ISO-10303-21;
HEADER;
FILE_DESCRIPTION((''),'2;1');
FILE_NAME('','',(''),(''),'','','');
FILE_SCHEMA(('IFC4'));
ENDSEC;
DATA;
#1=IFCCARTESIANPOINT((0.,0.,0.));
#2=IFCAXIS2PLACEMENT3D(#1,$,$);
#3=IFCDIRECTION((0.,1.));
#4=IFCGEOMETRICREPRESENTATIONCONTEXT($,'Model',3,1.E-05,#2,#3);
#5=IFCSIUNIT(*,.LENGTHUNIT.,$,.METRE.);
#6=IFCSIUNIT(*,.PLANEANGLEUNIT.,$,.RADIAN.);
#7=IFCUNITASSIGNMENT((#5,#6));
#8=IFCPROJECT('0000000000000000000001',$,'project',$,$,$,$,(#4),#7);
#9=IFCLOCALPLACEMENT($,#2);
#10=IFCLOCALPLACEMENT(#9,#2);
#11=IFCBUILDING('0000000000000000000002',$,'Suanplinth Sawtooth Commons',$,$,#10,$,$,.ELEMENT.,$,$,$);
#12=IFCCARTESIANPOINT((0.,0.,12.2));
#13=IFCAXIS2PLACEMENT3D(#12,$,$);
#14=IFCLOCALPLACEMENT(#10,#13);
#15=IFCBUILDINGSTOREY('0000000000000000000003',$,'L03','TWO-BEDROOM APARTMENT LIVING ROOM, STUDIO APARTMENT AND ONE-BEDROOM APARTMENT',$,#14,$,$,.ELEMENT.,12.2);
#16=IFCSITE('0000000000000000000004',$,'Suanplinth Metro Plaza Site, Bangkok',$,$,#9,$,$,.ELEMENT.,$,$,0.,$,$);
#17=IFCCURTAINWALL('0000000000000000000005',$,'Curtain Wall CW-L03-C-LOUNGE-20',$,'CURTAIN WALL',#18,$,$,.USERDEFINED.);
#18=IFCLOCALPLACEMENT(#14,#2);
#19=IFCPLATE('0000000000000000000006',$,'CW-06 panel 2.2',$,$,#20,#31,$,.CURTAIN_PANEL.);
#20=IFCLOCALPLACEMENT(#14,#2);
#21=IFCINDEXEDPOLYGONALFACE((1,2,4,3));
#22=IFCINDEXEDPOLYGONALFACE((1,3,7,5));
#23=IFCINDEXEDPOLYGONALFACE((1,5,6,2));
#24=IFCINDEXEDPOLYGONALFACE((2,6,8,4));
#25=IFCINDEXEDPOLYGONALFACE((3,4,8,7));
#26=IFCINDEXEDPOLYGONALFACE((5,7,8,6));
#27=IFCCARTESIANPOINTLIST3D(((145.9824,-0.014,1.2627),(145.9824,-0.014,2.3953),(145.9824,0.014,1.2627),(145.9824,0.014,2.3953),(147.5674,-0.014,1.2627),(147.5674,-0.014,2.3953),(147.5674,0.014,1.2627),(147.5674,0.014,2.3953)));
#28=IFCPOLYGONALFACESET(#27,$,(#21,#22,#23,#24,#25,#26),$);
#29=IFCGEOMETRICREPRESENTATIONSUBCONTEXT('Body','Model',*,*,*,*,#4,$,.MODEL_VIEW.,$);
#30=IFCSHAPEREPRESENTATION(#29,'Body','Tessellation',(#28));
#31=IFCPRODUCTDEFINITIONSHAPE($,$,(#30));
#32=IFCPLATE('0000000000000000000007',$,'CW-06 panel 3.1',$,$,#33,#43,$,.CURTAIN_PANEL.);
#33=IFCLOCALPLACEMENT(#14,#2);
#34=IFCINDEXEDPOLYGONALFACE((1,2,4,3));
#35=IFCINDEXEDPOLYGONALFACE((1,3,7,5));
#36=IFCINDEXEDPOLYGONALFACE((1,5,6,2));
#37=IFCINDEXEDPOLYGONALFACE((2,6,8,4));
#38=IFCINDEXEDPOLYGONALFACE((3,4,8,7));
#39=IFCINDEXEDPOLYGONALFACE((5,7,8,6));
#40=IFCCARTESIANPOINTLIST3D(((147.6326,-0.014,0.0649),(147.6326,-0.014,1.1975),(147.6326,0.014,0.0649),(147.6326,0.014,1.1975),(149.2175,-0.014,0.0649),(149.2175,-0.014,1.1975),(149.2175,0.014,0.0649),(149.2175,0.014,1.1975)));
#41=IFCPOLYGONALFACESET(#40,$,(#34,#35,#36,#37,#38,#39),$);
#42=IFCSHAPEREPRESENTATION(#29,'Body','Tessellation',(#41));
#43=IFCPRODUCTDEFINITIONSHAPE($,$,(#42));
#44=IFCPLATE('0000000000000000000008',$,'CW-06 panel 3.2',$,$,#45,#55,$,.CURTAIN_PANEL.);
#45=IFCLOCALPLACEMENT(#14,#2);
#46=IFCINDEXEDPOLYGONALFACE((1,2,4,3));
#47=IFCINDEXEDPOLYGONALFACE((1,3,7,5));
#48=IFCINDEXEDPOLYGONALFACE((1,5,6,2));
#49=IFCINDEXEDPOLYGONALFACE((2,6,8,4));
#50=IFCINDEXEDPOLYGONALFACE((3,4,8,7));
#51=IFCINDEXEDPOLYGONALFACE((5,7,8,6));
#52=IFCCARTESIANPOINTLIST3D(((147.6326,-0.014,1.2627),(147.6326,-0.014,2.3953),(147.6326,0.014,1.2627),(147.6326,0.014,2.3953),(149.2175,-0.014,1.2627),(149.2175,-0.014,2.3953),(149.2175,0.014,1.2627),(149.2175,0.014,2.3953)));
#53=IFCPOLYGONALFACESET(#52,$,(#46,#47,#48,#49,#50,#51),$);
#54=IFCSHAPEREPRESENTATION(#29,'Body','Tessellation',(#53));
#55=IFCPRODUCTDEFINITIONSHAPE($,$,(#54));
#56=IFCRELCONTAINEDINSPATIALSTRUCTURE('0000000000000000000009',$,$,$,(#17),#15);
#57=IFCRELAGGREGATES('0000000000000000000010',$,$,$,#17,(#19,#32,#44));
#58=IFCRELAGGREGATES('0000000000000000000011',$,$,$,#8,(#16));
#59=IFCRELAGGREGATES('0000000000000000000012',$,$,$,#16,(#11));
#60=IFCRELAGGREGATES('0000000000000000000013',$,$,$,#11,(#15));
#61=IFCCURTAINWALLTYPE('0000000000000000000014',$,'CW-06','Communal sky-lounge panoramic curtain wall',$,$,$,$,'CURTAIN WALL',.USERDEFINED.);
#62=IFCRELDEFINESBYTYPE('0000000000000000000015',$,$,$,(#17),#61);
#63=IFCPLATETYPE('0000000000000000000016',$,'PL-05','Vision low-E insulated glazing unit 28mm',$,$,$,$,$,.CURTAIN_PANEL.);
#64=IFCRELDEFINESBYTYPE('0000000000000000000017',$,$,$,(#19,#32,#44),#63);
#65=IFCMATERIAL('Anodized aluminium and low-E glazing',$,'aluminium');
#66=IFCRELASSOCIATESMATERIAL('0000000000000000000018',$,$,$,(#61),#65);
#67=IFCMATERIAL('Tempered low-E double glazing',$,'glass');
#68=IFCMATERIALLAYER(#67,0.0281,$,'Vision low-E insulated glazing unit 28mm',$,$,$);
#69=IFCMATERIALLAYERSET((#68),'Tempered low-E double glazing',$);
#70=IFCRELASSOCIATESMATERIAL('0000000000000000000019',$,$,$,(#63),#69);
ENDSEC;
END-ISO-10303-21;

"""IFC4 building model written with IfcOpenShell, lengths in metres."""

from ifc_helpers import new_model, si_unit, direction, frame, origin, origin_2d, place, context, subcontext, project, spatial, rectangle, extrude, material, layer, layer_set, type_object, element, aggregate, save


model = new_model("IFC4")

# Units and contexts
model_context = context("Model", 3, precision=1e-05, world=origin(), true_north=direction((0.0, 1.0)))
body_context = subcontext(model_context, "Body", "Model", "MODEL_VIEW")
ifc_project = project(units=[si_unit("LENGTHUNIT", "METRE"), si_unit("PLANEANGLEUNIT", "RADIAN")], contexts=[model_context])

# Site, building, storey
site_placement = place(None, origin())
site = spatial("IfcSite", under=ifc_project, at=site_placement, Name="Suanplinth Metro Plaza Site, Bangkok", CompositionType="ELEMENT", RefElevation=0.0)
building_placement = place(site_placement, origin())
building = spatial("IfcBuilding", under=site, at=building_placement, Name="Suanplinth Sawtooth Commons", CompositionType="ELEMENT")
storey_placement = place(building_placement, frame((0.0, 0.0, 12.2)))
storey = spatial("IfcBuildingStorey", under=building, at=storey_placement, Name="L03", Description="TWO-BEDROOM APARTMENT LIVING ROOM, STUDIO APARTMENT AND ONE-BEDROOM APARTMENT", CompositionType="ELEMENT", Elevation=12.2)

# Curtain wall, plates
ifc_material_1 = material(Name="Anodized aluminium and low-E glazing", Category="aluminium")
curtain_wall_type = type_object("IfcCurtainWallType", Name="CW-06", Description="Communal sky-lounge panoramic curtain wall", ElementType="CURTAIN WALL", PredefinedType="USERDEFINED", material=ifc_material_1)
curtain_wall_placement = place(storey_placement, origin())
curtain_wall = element("IfcCurtainWall", 1, at=curtain_wall_placement, inside=storey, type_object=curtain_wall_type, Name="Curtain Wall CW-L03-C-LOUNGE-20", ObjectType="CURTAIN WALL", PredefinedType="USERDEFINED")
ifc_material_2 = material(Name="Tempered low-E double glazing", Category="glass")
ifc_layer = layer(ifc_material_2, 0.0281, Name="Vision low-E insulated glazing unit 28mm")
ifc_layer_set = layer_set([ifc_layer], Name="Tempered low-E double glazing")
plate_type = type_object("IfcPlateType", Name="PL-05", Description="Vision low-E insulated glazing unit 28mm", PredefinedType="CURTAIN_PANEL", material=ifc_layer_set)
plate_1_placement = place(storey_placement, frame((146.7749, 0.0, 1.2627), z_axis=(0.0, 0.0, 1.0), x_axis=(1.0, 0.0, 0.0)))
plate_1 = element("IfcPlate", 2, at=plate_1_placement, type_object=plate_type, Name="CW-06 panel 2.2", PredefinedType="CURTAIN_PANEL", context=body_context, shape_type="SweptSolid", body=[
    extrude(rectangle(XDim=1.585, YDim=0.0281, at=origin_2d()), origin(), (0.0, 0.0, 1.0), 1.1326),
])
plate_2_placement = place(storey_placement, frame((148.425, 0.0, 0.0649), z_axis=(0.0, 0.0, 1.0), x_axis=(1.0, 0.0, 0.0)))
plate_2 = element("IfcPlate", 3, at=plate_2_placement, type_object=plate_type, Name="CW-06 panel 3.1", PredefinedType="CURTAIN_PANEL", context=body_context, shape_type="SweptSolid", body=[
    extrude(rectangle(XDim=1.585, YDim=0.0281, at=origin_2d()), origin(), (0.0, 0.0, 1.0), 1.1326),
])
plate_3_placement = place(storey_placement, frame((148.425, 0.0, 1.2627), z_axis=(0.0, 0.0, 1.0), x_axis=(1.0, 0.0, 0.0)))
plate_3 = element("IfcPlate", 4, at=plate_3_placement, type_object=plate_type, Name="CW-06 panel 3.2", PredefinedType="CURTAIN_PANEL", context=body_context, shape_type="SweptSolid", body=[
    extrude(rectangle(XDim=1.585, YDim=0.0281, at=origin_2d()), origin(), (0.0, 0.0, 1.0), 1.1326),
])
aggregate(curtain_wall, [plate_1, plate_2, plate_3])

save(model, "model.ifc")
